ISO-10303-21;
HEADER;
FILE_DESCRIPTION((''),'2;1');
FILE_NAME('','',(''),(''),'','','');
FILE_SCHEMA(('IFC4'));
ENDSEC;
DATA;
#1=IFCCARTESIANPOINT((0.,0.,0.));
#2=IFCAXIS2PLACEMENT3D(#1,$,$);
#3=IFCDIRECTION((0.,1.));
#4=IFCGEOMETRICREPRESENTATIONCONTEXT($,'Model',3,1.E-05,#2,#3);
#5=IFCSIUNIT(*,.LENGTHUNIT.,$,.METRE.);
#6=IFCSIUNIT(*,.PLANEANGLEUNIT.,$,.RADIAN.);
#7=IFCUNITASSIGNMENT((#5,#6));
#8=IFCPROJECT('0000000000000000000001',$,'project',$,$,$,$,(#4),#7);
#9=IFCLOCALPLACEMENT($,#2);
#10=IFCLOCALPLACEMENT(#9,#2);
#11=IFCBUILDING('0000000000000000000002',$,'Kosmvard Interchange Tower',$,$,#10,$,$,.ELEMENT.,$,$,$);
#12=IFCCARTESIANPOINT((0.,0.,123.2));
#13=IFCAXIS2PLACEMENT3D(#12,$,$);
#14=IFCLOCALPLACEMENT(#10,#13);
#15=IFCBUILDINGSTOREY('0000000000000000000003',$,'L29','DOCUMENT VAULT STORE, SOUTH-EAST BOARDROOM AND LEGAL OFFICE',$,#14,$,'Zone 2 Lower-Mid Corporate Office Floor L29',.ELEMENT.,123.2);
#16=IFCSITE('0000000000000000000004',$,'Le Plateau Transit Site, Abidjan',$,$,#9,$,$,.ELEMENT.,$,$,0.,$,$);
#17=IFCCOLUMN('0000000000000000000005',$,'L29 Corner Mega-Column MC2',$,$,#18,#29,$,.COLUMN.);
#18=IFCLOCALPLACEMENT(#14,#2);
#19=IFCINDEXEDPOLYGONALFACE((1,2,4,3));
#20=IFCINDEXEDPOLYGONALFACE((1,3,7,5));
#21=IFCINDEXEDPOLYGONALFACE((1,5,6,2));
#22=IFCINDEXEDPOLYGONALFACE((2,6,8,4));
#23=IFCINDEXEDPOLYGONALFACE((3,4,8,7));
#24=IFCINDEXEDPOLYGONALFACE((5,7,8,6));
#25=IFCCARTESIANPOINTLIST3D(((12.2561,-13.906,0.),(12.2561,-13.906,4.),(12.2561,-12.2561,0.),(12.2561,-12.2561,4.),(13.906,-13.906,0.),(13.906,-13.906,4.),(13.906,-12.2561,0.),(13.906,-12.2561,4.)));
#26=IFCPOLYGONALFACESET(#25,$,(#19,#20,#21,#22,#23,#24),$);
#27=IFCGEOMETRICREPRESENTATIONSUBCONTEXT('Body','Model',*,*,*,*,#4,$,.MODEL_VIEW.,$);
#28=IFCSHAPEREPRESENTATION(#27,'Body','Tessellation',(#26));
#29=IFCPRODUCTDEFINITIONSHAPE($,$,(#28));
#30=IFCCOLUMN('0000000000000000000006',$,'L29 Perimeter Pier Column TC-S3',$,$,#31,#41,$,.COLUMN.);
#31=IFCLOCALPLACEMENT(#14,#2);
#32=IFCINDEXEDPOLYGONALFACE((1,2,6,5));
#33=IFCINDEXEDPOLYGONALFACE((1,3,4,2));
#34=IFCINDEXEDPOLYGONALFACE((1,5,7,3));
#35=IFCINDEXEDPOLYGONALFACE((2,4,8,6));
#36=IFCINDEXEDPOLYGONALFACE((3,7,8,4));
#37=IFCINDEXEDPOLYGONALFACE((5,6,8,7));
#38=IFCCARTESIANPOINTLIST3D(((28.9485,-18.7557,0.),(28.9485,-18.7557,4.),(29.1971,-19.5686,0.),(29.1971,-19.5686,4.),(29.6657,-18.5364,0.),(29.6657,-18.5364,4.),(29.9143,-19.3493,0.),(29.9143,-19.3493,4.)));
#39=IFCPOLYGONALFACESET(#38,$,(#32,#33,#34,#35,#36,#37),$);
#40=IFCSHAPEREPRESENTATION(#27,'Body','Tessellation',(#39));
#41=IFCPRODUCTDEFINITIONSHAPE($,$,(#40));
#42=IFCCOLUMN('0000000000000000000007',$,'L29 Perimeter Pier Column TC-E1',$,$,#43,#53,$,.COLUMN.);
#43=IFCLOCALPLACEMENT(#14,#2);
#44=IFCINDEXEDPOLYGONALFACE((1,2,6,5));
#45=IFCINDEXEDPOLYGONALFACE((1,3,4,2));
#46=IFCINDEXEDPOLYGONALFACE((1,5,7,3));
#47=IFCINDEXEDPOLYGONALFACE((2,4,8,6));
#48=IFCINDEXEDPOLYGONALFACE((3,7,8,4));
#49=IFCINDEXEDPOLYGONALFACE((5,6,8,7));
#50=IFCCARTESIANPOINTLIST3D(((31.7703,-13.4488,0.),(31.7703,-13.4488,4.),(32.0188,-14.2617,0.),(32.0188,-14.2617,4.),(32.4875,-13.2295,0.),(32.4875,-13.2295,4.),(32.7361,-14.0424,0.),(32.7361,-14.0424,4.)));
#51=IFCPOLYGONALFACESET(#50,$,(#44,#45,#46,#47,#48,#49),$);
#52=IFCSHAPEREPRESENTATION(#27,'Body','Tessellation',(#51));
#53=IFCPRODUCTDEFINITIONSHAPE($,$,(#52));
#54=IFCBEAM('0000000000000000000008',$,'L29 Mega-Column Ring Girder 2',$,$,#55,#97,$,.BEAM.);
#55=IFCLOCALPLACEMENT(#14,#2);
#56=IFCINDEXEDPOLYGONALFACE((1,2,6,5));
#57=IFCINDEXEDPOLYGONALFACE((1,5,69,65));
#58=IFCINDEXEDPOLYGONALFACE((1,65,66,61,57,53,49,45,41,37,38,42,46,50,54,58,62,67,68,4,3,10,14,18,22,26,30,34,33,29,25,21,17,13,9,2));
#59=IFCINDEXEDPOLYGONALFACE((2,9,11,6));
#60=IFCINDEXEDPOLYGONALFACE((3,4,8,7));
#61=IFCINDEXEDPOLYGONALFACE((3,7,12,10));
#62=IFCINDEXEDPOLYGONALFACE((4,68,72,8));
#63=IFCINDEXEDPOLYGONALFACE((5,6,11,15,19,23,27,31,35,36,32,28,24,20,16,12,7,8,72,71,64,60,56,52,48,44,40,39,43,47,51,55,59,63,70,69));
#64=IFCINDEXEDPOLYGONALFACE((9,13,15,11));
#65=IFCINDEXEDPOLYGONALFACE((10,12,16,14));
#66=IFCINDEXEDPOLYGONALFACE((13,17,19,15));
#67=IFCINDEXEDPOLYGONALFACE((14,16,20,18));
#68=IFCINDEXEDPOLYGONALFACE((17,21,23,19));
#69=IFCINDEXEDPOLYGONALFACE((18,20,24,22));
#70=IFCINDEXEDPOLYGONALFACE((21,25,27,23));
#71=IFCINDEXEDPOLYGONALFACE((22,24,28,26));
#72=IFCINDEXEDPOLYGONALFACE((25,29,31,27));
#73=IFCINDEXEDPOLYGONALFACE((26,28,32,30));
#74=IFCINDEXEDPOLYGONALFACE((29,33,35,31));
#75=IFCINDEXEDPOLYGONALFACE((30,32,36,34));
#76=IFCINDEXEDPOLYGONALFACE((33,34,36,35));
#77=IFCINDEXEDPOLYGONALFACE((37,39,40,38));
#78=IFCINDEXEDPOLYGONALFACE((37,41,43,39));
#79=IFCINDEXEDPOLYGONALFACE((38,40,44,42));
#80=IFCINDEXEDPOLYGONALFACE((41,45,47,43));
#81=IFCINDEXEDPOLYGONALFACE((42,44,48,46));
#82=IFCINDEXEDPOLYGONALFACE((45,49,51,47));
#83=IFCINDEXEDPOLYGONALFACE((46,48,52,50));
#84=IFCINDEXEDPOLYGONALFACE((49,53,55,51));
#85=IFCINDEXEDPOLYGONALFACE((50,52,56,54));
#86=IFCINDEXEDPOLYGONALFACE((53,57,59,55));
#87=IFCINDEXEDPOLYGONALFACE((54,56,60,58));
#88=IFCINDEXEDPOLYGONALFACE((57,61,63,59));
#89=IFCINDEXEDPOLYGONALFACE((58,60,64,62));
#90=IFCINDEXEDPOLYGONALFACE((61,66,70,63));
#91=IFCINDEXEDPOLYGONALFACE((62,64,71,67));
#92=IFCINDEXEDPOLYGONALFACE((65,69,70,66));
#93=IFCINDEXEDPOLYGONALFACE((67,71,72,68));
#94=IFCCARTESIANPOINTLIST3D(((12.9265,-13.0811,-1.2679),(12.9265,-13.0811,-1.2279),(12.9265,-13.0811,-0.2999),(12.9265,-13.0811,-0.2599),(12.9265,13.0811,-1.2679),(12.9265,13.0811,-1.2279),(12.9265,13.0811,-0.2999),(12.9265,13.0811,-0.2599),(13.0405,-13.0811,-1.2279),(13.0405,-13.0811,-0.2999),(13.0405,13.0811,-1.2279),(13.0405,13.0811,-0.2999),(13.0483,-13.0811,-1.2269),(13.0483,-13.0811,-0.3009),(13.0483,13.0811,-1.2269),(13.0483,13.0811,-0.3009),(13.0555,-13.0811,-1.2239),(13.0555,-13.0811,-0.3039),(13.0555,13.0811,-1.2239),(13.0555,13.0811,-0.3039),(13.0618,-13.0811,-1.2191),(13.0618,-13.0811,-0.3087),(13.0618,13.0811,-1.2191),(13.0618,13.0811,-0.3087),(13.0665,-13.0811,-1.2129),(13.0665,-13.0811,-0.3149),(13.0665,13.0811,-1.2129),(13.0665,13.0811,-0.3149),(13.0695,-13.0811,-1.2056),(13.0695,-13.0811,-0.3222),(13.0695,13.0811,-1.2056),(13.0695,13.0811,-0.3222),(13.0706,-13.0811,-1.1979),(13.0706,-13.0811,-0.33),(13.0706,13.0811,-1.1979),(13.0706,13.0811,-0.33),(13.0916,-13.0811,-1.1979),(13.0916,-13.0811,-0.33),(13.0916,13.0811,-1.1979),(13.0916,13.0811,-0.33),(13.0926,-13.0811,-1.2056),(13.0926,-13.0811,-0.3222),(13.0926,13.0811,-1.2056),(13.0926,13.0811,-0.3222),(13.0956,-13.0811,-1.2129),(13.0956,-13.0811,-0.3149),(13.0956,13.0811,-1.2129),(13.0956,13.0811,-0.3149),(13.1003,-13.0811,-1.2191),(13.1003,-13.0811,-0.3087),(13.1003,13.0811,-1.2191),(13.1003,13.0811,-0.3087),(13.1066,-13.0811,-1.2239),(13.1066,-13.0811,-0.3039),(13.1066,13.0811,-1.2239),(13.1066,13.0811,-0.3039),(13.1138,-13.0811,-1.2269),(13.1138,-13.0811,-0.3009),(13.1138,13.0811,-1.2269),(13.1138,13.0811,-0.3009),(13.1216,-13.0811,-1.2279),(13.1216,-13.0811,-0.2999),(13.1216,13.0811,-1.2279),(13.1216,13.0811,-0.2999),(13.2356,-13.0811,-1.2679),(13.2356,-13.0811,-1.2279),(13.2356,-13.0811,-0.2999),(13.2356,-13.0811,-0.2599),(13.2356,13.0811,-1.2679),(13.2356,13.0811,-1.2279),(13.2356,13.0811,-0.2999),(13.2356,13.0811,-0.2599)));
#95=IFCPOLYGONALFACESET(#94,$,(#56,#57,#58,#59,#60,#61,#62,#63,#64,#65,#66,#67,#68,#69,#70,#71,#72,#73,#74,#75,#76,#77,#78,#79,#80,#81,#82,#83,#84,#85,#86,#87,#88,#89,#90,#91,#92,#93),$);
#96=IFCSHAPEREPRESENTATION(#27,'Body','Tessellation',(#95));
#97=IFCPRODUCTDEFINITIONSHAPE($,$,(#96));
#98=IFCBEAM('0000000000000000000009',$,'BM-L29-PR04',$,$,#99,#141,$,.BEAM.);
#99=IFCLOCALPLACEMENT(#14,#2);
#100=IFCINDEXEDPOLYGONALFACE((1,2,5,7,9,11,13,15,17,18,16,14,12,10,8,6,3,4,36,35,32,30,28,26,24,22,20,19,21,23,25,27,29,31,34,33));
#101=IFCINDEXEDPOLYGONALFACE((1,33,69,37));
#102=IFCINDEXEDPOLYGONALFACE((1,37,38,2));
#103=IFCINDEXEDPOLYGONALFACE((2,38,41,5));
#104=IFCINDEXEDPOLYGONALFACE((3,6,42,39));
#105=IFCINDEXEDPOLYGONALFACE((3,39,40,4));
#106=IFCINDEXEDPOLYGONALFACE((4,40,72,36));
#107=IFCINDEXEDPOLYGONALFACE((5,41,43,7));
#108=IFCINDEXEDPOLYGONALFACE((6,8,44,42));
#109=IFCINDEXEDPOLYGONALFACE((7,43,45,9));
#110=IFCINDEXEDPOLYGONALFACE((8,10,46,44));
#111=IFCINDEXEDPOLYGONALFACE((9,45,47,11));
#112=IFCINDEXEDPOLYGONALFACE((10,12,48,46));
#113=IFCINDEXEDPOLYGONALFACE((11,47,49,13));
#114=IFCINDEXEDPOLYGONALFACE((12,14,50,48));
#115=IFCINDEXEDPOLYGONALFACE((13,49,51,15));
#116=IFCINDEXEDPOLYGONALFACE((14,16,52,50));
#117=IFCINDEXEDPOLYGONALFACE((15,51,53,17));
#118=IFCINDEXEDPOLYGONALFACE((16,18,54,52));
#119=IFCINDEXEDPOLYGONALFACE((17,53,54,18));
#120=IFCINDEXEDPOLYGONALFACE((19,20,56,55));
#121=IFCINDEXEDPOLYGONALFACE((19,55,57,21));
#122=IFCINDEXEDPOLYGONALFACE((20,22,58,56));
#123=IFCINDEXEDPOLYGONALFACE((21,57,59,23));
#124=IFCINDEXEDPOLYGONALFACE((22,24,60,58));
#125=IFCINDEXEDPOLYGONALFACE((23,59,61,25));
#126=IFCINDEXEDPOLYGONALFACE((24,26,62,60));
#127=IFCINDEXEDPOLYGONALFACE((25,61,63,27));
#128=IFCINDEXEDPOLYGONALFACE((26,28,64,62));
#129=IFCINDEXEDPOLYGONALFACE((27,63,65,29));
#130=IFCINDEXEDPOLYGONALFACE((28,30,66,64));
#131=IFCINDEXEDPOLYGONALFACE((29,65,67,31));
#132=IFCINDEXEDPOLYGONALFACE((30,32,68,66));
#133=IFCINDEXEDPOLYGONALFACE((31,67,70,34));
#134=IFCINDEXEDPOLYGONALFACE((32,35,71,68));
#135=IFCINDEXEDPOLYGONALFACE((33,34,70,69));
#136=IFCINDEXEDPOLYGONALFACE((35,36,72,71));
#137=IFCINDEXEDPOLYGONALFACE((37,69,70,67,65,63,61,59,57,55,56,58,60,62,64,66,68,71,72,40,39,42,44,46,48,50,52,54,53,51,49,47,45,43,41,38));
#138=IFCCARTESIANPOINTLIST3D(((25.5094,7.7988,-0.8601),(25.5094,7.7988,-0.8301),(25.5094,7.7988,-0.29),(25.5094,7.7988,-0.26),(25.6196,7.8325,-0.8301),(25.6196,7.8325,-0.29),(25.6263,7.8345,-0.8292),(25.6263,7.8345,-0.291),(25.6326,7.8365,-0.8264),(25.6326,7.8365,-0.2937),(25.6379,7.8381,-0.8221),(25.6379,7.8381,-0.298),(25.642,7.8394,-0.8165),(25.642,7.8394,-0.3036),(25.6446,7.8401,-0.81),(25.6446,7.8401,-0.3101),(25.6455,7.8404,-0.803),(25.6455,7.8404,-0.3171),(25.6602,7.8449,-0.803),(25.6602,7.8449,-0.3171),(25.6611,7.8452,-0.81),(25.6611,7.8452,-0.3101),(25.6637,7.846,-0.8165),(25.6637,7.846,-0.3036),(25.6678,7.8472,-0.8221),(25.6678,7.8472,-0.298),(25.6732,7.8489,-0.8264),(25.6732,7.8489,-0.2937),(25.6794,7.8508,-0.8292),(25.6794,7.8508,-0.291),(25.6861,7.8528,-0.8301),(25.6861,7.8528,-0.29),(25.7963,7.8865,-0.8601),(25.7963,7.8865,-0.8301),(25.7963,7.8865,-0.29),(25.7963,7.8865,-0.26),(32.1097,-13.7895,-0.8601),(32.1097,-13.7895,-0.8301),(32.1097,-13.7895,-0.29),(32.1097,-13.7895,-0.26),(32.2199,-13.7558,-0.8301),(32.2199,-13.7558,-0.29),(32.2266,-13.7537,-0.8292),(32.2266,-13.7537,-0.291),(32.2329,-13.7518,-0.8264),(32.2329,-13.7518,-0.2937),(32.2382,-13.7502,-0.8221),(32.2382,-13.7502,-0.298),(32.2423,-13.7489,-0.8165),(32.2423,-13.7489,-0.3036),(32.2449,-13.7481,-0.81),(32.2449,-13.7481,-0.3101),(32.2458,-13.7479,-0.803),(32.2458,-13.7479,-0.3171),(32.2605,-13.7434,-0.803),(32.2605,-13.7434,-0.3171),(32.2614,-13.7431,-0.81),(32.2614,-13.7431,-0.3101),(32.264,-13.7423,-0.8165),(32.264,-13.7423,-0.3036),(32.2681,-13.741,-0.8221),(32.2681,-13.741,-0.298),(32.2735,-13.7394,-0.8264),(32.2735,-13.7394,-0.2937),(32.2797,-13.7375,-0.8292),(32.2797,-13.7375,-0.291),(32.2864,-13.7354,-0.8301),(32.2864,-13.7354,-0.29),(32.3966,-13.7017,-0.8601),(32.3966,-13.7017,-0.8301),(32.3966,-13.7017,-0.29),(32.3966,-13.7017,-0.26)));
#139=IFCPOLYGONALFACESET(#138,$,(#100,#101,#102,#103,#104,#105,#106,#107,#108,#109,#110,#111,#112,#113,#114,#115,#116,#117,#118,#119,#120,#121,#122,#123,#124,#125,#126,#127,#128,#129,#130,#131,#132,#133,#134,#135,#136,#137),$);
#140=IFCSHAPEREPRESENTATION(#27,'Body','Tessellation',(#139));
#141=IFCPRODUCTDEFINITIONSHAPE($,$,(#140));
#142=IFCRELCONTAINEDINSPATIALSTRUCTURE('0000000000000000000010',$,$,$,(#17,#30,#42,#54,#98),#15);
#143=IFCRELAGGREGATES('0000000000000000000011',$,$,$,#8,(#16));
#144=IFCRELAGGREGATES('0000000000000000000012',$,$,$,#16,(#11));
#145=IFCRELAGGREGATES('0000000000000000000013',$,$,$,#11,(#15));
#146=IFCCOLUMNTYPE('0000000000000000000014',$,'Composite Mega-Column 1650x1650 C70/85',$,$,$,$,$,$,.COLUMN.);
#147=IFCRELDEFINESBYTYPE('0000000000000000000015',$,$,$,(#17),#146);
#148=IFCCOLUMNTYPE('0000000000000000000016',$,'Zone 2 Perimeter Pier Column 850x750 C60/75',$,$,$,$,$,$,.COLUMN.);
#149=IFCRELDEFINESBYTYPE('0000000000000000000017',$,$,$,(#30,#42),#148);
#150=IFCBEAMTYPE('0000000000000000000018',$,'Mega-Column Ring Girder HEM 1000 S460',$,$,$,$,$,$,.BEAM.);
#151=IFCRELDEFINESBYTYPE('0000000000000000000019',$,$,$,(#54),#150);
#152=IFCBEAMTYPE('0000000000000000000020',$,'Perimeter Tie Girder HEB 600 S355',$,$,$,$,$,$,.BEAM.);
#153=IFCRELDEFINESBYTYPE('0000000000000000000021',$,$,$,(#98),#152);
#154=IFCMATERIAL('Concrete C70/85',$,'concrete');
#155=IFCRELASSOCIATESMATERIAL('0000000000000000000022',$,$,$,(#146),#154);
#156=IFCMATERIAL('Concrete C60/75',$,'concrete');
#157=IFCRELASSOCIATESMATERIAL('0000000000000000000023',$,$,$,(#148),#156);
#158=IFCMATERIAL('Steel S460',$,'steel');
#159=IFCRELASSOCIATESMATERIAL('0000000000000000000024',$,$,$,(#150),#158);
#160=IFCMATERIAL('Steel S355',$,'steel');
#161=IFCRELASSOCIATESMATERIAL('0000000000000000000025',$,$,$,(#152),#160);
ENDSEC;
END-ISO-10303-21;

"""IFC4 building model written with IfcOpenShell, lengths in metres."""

from ifc_helpers import new_model, si_unit, direction, frame, origin, origin_2d, place, context, subcontext, project, spatial, rectangle, i_section, extrude, source, transform, mapped, material, material_profile, profile_set, type_object, element, save


model = new_model("IFC4")

# Units and contexts
model_context = context("Model", 3, precision=1e-05, world=origin(), true_north=direction((0.0, 1.0)))
body_context = subcontext(model_context, "Body", "Model", "MODEL_VIEW")
ifc_project = project(units=[si_unit("LENGTHUNIT", "METRE"), si_unit("PLANEANGLEUNIT", "RADIAN")], contexts=[model_context])

# Site, building, storey
site_placement = place(None, origin())
site = spatial("IfcSite", under=ifc_project, at=site_placement, Name="Le Plateau Transit Site, Abidjan", CompositionType="ELEMENT", RefElevation=0.0)
building_placement = place(site_placement, origin())
building = spatial("IfcBuilding", under=site, at=building_placement, Name="Kosmvard Interchange Tower", CompositionType="ELEMENT")
storey_placement = place(building_placement, frame((0.0, 0.0, 123.2)))
storey = spatial("IfcBuildingStorey", under=building, at=storey_placement, Name="L29", Description="DOCUMENT VAULT STORE, SOUTH-EAST BOARDROOM AND LEGAL OFFICE", LongName="Zone 2 Lower-Mid Corporate Office Floor L29", CompositionType="ELEMENT", Elevation=123.2)

# Columns
ifc_material_1 = material(Name="Concrete C70/85", Category="concrete")
ifc_material_profile_1 = material_profile(ifc_material_1, rectangle(XDim=1.6499, YDim=1.6499, at=origin_2d()), Name="MC 1650x1650")
ifc_profile_set_1 = profile_set([ifc_material_profile_1], Name="Concrete C70/85")
column_type_1 = type_object("IfcColumnType", Name="Composite Mega-Column 1650x1650 C70/85", PredefinedType="COLUMN", material=ifc_profile_set_1)
shared_shape_1 = source(origin(), body_context, "Body", "SweptSolid", [
    extrude(rectangle(XDim=1.6499, YDim=1.6499, at=origin_2d()), origin(), (0.0, 0.0, 1.0), 4.0),
])
column_placement = place(storey_placement, frame((13.0811, -13.0811, 0.0), z_axis=(0.0, 0.0, 1.0), x_axis=(1.0, 0.0, 0.0)))
element("IfcColumn", 1, at=column_placement, inside=storey, type_object=column_type_1, Name="L29 Corner Mega-Column MC2", PredefinedType="COLUMN", context=body_context, shape_type="MappedRepresentation", body=[
    mapped(shared_shape_1, transform((0.0, 0.0, 0.0), scale=1.0)),
])
ifc_material_2 = material(Name="Concrete C60/75", Category="concrete")
ifc_material_profile_2 = material_profile(ifc_material_2, rectangle(XDim=0.75, YDim=0.8501, at=origin_2d()), Name="TC 850x750")
ifc_profile_set_2 = profile_set([ifc_material_profile_2], Name="Concrete C60/75")
column_type_2 = type_object("IfcColumnType", Name="Zone 2 Perimeter Pier Column 850x750 C60/75", PredefinedType="COLUMN", material=ifc_profile_set_2)
shared_shape_2 = source(origin(), body_context, "Body", "SweptSolid", [
    extrude(rectangle(XDim=0.75, YDim=0.8501, at=origin_2d()), origin(), (0.0, 0.0, 1.0), 4.0),
])
for number, where, z_axis, x_axis, name in (
    (2, (29.4314, -19.0525, 0.0), (0.0, 0.0, 1.0), (0.956305, 0.292372, 0.0), "L29 Perimeter Pier Column TC-S3"),
    (3, (32.2532, -13.7456, 0.0), (0.0, 0.0, 1.0), (0.956305, 0.292372, 0.0), "L29 Perimeter Pier Column TC-E1"),
):
    element("IfcColumn", number, at=place(storey_placement, frame(where, z_axis=z_axis, x_axis=x_axis)), inside=storey, type_object=column_type_2, Name=name, PredefinedType="COLUMN", context=body_context, shape_type="MappedRepresentation", body=[
        mapped(shared_shape_2, transform((0.0, 0.0, 0.0), scale=1.0)),
    ])

# Beams
ifc_material_3 = material(Name="Steel S460", Category="steel")
ifc_material_profile_3 = material_profile(ifc_material_3, i_section(OverallWidth=0.3091, OverallDepth=1.0081, WebThickness=0.021, FlangeThickness=0.04, FilletRadius=0.03, at=origin_2d()), Name="HEM 1000")
ifc_profile_set_3 = profile_set([ifc_material_profile_3], Name="Steel S460")
beam_type_1 = type_object("IfcBeamType", Name="Mega-Column Ring Girder HEM 1000 S460", PredefinedType="BEAM", material=ifc_profile_set_3)
shared_shape_3 = source(origin(), body_context, "Body", "SweptSolid", [
    extrude(i_section(OverallWidth=0.3091, OverallDepth=1.0081, WebThickness=0.021, FlangeThickness=0.04, FilletRadius=0.03, at=origin_2d()), origin(), (0.0, 0.0, 1.0), 26.1621),
])
beam_1_placement = place(storey_placement, frame((13.0811, -13.0811, -0.7639), z_axis=(0.0, 1.0, 0.0), x_axis=(-1.0, 0.0, 0.0)))
element("IfcBeam", 4, at=beam_1_placement, inside=storey, type_object=beam_type_1, Name="L29 Mega-Column Ring Girder 2", PredefinedType="BEAM", context=body_context, shape_type="MappedRepresentation", body=[
    mapped(shared_shape_3, transform((0.0, 0.0, 0.0), scale=1.0)),
])
ifc_material_4 = material(Name="Steel S355", Category="steel")
ifc_material_profile_4 = material_profile(ifc_material_4, i_section(OverallWidth=0.3, OverallDepth=0.6001, WebThickness=0.0154, FlangeThickness=0.03, FilletRadius=0.0271, at=origin_2d()), Name="HEB 600")
ifc_profile_set_4 = profile_set([ifc_material_profile_4], Name="Steel S355")
beam_type_2 = type_object("IfcBeamType", Name="Perimeter Tie Girder HEB 600 S355", PredefinedType="BEAM", material=ifc_profile_set_4)
shared_shape_4 = source(origin(), body_context, "Body", "SweptSolid", [
    extrude(i_section(OverallWidth=0.3, OverallDepth=0.6001, WebThickness=0.0154, FlangeThickness=0.03, FilletRadius=0.0271, at=origin_2d()), origin(), (0.0, 0.0, 1.0), 22.5747),
])
beam_2_placement = place(storey_placement, frame((32.2532, -13.7456, -0.5601), z_axis=(-0.292376, 0.956303, 0.0), x_axis=(-0.956303, -0.292376, 0.0)))
element("IfcBeam", 5, at=beam_2_placement, inside=storey, type_object=beam_type_2, Name="BM-L29-PR04", PredefinedType="BEAM", context=body_context, shape_type="MappedRepresentation", body=[
    mapped(shared_shape_4, transform((0.0, 0.0, 0.0), scale=1.0)),
])

save(model, "model.ifc")
